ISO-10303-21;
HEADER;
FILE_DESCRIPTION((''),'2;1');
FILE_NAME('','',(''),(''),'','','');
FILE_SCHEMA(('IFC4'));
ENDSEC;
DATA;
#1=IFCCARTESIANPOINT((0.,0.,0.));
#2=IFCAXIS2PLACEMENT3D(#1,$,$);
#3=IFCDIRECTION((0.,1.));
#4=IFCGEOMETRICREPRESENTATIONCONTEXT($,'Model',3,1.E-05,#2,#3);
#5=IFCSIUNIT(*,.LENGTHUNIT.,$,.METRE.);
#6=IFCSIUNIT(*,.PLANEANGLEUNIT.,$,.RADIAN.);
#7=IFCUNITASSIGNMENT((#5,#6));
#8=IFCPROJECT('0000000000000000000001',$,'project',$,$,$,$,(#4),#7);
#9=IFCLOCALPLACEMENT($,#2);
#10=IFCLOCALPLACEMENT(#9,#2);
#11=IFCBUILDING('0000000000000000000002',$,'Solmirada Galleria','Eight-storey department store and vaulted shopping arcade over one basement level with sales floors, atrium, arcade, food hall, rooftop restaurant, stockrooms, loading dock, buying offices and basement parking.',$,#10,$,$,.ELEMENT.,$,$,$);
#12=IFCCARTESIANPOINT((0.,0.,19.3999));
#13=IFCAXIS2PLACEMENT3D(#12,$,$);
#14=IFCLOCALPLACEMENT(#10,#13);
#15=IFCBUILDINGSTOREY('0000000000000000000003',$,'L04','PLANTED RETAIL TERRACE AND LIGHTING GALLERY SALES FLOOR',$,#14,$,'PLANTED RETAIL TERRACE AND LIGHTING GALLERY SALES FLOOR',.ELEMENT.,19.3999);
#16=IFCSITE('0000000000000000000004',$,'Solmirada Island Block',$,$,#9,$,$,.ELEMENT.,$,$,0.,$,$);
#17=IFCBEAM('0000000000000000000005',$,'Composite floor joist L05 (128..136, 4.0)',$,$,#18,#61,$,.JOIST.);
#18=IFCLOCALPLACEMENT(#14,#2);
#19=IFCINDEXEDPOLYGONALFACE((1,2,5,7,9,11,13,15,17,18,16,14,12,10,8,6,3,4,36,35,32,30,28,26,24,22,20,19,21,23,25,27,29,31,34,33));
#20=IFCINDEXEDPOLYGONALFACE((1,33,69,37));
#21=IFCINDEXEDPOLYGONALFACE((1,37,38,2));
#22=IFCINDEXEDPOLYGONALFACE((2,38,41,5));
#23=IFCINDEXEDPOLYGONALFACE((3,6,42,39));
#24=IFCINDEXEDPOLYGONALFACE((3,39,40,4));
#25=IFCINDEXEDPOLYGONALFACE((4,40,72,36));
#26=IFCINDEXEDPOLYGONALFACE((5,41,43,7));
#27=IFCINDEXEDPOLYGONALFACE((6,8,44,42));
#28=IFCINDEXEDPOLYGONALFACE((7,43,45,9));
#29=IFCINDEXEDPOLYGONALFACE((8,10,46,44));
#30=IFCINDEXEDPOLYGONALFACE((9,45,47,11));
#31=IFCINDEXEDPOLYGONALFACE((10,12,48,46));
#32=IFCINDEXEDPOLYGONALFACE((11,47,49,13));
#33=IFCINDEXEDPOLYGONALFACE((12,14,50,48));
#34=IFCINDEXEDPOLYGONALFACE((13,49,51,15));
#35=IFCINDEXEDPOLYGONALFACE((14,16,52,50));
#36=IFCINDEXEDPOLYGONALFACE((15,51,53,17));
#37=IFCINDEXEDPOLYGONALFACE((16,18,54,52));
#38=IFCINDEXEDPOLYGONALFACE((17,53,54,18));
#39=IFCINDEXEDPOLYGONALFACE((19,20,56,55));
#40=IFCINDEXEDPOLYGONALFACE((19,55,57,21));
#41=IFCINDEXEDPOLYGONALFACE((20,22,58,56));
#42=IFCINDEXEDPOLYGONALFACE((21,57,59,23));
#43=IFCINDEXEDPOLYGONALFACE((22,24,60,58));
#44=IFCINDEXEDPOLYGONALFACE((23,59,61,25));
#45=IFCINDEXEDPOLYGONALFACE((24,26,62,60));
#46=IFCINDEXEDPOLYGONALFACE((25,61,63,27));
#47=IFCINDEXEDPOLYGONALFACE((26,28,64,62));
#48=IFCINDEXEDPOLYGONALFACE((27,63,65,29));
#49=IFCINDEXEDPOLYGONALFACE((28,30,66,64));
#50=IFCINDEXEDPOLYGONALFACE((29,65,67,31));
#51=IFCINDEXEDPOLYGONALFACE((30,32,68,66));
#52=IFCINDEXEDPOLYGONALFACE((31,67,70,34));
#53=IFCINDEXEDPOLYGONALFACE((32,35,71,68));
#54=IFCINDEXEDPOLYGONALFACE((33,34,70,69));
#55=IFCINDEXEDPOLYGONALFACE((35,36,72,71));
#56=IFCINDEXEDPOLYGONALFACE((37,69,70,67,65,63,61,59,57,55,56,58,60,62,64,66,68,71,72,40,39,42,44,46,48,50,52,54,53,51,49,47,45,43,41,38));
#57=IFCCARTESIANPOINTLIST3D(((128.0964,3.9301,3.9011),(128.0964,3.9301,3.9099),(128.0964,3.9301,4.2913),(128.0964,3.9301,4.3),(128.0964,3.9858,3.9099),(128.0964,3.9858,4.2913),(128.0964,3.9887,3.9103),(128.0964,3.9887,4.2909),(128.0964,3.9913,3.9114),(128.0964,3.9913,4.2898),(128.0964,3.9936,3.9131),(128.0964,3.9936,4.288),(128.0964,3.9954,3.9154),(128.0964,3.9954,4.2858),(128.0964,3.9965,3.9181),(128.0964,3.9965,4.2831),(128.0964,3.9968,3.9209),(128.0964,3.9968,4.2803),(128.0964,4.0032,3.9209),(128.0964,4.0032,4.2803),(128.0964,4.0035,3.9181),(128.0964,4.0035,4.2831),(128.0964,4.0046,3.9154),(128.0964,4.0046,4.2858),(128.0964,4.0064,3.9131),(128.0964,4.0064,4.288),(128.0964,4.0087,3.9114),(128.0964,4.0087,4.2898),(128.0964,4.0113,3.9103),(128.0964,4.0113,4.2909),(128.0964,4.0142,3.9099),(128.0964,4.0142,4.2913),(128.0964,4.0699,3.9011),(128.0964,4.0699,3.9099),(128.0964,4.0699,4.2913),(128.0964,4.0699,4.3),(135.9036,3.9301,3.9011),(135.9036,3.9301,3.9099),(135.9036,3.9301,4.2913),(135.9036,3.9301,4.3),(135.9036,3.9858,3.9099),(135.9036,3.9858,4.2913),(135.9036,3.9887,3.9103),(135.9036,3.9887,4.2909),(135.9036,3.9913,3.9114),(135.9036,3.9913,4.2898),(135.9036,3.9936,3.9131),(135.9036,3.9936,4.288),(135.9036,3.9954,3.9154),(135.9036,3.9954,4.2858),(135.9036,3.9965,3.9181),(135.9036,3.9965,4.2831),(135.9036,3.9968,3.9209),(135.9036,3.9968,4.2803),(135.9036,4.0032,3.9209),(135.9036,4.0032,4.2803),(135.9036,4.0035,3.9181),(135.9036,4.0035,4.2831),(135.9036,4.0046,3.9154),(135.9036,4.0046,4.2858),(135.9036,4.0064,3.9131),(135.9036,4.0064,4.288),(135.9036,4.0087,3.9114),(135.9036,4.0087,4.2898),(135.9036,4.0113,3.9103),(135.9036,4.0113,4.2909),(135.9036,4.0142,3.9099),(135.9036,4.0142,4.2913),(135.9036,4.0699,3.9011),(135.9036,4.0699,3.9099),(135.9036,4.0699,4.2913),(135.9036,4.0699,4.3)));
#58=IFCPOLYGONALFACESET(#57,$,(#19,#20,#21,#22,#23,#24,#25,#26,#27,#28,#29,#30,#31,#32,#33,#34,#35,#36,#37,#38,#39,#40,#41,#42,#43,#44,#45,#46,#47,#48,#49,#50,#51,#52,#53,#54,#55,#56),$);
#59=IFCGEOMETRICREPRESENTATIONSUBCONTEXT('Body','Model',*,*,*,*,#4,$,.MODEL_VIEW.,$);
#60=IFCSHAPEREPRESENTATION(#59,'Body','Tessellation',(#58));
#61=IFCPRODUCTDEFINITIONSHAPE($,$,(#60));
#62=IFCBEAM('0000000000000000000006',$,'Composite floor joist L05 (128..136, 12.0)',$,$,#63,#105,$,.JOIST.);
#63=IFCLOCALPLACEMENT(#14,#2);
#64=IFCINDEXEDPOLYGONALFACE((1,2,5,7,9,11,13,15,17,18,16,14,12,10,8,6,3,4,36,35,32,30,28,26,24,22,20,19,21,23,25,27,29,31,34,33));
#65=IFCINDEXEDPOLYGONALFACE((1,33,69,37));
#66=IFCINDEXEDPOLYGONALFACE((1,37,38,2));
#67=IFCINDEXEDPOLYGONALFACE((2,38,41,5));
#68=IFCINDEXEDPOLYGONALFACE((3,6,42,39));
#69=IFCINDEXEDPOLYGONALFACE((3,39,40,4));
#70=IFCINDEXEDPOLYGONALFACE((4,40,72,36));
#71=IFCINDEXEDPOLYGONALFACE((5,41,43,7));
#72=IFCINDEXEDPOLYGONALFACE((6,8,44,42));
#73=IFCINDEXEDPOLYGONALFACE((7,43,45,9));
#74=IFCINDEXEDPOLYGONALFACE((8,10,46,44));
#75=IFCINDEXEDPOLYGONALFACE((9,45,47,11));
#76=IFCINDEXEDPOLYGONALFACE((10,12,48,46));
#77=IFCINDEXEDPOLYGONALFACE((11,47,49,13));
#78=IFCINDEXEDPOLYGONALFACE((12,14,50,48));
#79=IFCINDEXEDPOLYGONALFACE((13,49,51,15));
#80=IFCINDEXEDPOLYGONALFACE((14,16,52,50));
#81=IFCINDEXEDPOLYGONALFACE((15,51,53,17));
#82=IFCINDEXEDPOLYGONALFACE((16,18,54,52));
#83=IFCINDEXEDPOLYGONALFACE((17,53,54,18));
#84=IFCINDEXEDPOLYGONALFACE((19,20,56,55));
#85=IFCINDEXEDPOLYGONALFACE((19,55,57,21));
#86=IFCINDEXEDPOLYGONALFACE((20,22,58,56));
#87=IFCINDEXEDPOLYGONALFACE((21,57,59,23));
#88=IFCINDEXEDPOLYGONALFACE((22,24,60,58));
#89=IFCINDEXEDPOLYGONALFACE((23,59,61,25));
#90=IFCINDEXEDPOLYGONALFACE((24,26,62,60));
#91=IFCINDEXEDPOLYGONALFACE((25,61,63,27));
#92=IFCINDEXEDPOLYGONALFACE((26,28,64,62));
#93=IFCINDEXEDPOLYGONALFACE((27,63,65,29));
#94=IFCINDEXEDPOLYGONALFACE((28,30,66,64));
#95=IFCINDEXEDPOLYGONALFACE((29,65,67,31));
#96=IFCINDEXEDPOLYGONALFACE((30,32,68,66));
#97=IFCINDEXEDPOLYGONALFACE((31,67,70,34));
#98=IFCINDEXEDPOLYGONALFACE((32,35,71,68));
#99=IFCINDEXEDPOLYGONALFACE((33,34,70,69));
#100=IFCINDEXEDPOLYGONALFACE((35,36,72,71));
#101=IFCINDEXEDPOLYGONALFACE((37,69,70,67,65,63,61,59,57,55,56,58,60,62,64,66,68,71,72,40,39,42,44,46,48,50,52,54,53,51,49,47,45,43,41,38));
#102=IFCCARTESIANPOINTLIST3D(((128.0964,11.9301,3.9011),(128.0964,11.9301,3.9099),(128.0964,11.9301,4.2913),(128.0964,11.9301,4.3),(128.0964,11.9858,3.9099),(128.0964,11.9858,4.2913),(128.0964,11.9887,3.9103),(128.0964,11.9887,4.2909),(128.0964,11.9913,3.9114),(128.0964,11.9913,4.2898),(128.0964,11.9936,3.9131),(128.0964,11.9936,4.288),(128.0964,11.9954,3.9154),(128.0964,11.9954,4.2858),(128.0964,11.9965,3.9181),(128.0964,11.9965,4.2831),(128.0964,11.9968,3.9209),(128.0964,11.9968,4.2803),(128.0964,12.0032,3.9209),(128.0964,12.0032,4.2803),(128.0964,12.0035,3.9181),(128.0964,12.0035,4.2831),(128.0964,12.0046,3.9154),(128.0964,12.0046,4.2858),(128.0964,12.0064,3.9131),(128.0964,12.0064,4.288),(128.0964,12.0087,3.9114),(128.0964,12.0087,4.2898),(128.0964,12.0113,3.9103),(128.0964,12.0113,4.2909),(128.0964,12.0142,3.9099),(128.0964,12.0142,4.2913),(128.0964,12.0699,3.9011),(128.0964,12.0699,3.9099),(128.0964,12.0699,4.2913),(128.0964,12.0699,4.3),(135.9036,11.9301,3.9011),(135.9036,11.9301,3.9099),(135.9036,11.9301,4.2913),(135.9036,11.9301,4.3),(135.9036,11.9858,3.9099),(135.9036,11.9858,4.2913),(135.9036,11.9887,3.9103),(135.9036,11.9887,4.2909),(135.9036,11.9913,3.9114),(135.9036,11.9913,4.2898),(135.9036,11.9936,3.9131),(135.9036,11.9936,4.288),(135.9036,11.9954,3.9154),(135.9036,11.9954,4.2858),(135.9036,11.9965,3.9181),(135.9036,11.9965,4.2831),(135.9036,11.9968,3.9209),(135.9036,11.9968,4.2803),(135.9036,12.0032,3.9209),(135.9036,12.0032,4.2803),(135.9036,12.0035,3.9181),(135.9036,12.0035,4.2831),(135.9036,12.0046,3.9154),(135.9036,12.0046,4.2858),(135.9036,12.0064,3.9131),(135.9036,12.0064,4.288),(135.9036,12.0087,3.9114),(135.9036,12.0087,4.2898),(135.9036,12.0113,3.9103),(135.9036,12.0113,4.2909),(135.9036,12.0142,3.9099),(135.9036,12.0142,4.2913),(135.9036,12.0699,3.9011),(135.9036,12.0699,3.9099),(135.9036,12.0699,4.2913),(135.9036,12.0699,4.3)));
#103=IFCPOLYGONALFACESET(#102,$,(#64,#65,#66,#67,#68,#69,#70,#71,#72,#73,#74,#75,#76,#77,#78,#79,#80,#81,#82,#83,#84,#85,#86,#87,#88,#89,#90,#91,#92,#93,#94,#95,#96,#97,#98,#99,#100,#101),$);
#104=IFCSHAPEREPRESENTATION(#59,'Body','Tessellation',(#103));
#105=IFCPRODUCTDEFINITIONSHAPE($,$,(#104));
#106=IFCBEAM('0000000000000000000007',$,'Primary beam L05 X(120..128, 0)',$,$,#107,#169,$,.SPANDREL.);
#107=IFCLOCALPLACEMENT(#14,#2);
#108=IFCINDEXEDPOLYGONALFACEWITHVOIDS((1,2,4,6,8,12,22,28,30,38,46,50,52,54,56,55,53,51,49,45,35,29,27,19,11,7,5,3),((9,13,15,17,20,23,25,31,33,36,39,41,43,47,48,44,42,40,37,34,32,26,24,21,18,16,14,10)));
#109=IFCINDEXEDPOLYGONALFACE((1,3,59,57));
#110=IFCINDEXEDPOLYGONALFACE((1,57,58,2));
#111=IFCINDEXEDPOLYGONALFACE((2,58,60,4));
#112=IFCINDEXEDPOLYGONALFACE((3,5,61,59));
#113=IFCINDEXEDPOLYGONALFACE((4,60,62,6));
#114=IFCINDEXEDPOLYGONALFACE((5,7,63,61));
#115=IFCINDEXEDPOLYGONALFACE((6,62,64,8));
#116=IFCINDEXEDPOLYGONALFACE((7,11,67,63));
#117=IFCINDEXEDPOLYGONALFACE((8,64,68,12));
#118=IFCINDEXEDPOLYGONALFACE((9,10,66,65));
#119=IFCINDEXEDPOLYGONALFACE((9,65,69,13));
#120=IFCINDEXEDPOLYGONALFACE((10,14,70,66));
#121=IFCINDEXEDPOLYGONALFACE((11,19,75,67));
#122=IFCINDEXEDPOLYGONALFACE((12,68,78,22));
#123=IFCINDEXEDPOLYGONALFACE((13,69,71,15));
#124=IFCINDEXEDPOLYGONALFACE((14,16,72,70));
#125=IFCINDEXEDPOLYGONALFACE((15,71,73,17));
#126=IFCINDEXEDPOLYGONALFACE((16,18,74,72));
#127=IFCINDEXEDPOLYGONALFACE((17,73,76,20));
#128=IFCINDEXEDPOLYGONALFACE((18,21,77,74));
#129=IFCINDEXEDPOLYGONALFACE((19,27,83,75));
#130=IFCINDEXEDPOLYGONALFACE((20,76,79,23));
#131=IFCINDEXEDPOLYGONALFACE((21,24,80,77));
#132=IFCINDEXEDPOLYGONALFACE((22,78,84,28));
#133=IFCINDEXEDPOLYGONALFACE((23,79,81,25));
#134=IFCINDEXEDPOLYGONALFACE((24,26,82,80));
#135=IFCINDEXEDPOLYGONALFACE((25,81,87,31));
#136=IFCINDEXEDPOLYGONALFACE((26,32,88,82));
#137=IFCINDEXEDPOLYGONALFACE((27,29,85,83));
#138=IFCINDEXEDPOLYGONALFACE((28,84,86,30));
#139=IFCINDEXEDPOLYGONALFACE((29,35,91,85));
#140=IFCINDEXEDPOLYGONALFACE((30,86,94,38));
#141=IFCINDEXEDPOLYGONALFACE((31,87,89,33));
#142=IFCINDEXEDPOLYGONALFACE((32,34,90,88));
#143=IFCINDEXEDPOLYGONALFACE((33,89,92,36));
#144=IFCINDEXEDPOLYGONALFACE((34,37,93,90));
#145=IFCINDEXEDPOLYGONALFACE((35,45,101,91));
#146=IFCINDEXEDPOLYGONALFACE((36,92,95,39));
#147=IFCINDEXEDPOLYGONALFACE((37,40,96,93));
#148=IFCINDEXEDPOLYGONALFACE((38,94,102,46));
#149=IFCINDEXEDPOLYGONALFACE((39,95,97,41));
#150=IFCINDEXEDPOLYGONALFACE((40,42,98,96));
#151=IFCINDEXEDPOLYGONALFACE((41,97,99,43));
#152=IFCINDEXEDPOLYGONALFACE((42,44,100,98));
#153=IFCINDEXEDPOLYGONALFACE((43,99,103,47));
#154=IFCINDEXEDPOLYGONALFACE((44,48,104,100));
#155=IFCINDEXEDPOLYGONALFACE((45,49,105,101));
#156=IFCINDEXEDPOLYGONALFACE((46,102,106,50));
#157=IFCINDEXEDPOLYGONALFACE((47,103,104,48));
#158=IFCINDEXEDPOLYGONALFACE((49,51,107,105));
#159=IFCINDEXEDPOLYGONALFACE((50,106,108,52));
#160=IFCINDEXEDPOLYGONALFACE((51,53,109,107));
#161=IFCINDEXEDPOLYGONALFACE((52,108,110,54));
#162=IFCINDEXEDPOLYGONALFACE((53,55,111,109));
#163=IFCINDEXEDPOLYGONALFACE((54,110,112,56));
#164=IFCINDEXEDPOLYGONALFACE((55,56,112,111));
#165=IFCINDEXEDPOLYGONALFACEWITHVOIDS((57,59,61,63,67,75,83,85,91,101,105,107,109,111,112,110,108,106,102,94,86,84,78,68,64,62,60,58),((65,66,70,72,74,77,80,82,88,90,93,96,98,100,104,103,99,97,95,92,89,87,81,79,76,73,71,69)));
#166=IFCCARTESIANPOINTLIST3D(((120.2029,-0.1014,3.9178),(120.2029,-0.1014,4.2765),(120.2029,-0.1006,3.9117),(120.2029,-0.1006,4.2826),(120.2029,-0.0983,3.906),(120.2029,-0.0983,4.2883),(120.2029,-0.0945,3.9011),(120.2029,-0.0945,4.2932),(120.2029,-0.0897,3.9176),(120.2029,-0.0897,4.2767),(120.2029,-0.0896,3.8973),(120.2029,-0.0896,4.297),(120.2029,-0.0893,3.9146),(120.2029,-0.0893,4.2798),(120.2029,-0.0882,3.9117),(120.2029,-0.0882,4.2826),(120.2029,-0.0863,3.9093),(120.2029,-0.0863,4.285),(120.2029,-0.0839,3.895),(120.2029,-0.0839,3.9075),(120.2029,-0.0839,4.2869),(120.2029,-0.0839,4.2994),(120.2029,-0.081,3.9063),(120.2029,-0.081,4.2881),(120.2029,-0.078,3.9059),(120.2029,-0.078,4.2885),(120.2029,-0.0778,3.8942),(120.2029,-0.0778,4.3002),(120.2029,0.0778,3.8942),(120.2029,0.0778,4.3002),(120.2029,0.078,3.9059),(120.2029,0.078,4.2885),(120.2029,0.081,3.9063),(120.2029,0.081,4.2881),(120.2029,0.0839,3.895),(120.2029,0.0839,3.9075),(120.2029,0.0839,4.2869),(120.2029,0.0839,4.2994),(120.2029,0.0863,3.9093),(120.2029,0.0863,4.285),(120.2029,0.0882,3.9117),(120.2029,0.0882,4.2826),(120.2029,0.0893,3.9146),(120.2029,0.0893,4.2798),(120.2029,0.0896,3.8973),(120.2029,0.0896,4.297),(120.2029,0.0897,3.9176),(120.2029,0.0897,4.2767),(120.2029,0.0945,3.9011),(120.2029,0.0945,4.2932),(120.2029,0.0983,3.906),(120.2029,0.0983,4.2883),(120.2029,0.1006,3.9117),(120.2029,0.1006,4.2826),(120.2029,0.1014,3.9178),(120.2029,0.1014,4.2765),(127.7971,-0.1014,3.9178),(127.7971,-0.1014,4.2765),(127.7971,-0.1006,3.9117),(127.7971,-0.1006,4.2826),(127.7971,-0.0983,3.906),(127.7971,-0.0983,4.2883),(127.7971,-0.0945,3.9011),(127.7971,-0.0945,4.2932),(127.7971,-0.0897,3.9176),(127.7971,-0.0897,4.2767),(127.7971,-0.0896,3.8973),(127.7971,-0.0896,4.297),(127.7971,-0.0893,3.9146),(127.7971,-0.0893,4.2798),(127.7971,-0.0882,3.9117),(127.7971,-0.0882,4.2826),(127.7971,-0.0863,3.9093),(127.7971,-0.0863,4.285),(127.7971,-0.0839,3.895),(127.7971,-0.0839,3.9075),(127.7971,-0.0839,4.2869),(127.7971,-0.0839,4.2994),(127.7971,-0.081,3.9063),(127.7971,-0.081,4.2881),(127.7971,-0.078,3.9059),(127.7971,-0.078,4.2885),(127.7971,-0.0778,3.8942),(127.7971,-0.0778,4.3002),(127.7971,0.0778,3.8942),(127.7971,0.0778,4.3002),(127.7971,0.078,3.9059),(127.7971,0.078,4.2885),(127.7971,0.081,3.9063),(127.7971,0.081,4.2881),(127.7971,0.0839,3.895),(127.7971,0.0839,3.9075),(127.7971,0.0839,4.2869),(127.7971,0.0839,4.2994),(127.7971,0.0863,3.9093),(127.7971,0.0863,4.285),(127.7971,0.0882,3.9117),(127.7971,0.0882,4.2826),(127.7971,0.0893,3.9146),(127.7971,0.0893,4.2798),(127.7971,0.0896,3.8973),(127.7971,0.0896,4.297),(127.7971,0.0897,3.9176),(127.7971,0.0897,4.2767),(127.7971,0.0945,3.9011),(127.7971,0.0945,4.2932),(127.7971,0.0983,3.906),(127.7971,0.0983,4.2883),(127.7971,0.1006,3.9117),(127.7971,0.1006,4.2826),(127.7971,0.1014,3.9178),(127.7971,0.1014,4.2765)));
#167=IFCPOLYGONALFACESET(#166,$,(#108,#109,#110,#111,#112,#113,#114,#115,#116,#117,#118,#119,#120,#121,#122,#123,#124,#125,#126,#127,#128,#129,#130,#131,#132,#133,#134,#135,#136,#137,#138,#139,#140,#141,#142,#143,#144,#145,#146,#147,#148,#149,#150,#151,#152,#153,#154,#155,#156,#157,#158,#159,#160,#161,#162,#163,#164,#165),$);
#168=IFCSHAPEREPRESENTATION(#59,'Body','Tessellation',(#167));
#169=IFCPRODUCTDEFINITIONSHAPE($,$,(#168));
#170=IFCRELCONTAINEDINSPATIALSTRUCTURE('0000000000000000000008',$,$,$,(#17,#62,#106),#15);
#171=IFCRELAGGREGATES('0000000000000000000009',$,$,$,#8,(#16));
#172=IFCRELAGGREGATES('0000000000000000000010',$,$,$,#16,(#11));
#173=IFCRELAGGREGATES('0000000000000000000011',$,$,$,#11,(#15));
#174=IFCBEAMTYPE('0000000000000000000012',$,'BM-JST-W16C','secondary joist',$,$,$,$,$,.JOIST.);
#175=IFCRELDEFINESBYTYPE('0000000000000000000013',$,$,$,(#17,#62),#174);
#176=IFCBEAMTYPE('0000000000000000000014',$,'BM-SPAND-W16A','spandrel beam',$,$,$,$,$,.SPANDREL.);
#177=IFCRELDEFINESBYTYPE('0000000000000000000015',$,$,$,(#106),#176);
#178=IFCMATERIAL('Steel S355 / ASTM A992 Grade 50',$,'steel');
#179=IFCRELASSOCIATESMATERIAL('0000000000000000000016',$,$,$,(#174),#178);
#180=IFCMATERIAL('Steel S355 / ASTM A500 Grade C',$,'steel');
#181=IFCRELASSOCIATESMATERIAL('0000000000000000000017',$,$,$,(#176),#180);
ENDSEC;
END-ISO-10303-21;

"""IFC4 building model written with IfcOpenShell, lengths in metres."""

from ifc_helpers import new_model, si_unit, direction, frame, origin, origin_2d, place, context, subcontext, project, spatial, hollow_rectangle, i_section, extrude, material, material_profile, profile_set, type_object, element, save


model = new_model("IFC4")

# Units and contexts
model_context = context("Model", 3, precision=1e-05, world=origin(), true_north=direction((0.0, 1.0)))
body_context = subcontext(model_context, "Body", "Model", "MODEL_VIEW")
ifc_project = project(units=[si_unit("LENGTHUNIT", "METRE"), si_unit("PLANEANGLEUNIT", "RADIAN")], contexts=[model_context])

# Site, building, storey
site_placement = place(None, origin())
site = spatial("IfcSite", under=ifc_project, at=site_placement, Name="Solmirada Island Block", CompositionType="ELEMENT", RefElevation=0.0)
building_placement = place(site_placement, origin())
building = spatial("IfcBuilding", under=site, at=building_placement, Name="Solmirada Galleria", Description="Eight-storey department store and vaulted shopping arcade over one basement level with sales floors, atrium, arcade, food hall, rooftop restaurant, stockrooms, loading dock, buying offices and basement parking.", CompositionType="ELEMENT")
storey_placement = place(building_placement, frame((0.0, 0.0, 19.3999)))
storey = spatial("IfcBuildingStorey", under=building, at=storey_placement, Name="L04", Description="PLANTED RETAIL TERRACE AND LIGHTING GALLERY SALES FLOOR", LongName="PLANTED RETAIL TERRACE AND LIGHTING GALLERY SALES FLOOR", CompositionType="ELEMENT", Elevation=19.3999)

# Shared definitions
ifc_material_1 = material(Name="Steel S355 / ASTM A500 Grade C", Category="steel")

# Beams
ifc_material_2 = material(Name="Steel S355 / ASTM A992 Grade 50", Category="steel")
ifc_material_profile_1 = material_profile(ifc_material_2, i_section(OverallWidth=0.1399, OverallDepth=0.3989, WebThickness=0.0063, FlangeThickness=0.0088, FilletRadius=0.011, at=origin_2d()), Name="W16X26")
ifc_profile_set_1 = profile_set([ifc_material_profile_1], Name="Steel S355 / ASTM A992 Grade 50")
beam_type_1 = type_object("IfcBeamType", Name="BM-JST-W16C", Description="secondary joist", PredefinedType="JOIST", material=ifc_profile_set_1)
for number, where, z_axis, x_axis, name in (
    (1, (128.0964, 4.0, 4.1006), (1.0, 0.0, 0.0), (0.0, 1.0, 0.0), "Composite floor joist L05 (128..136, 4.0)"),
    (2, (128.0964, 12.0, 4.1006), (1.0, 0.0, 0.0), (0.0, 1.0, 0.0), "Composite floor joist L05 (128..136, 12.0)"),
):
    element("IfcBeam", number, at=place(storey_placement, frame(where, z_axis=z_axis, x_axis=x_axis)), inside=storey, type_object=beam_type_1, Name=name, PredefinedType="JOIST", context=body_context, shape_type="SweptSolid", body=[
        extrude(i_section(OverallWidth=0.1399, OverallDepth=0.3989, WebThickness=0.0063, FlangeThickness=0.0088, FilletRadius=0.011, at=origin_2d()), origin(), (0.0, 0.0, 1.0), 7.8071),
    ])
ifc_material_profile_2 = material_profile(ifc_material_1, hollow_rectangle(XDim=0.2029, YDim=0.406, WallThickness=0.0117, InnerFilletRadius=0.0117, OuterFilletRadius=0.0237, at=origin_2d()), Name="HSS16X8X1/2")
ifc_profile_set_2 = profile_set([ifc_material_profile_2], Name="Steel S355 / ASTM A500 Grade C")
beam_type_2 = type_object("IfcBeamType", Name="BM-SPAND-W16A", Description="spandrel beam", PredefinedType="SPANDREL", material=ifc_profile_set_2)
for number, where, z_axis, x_axis, name in (
    (3, (120.2029, 0.0, 4.0972), (1.0, 0.0, 0.0), (0.0, 1.0, 0.0), "Primary beam L05 X(120..128, 0)"),
):
    element("IfcBeam", number, at=place(storey_placement, frame(where, z_axis=z_axis, x_axis=x_axis)), inside=storey, type_object=beam_type_2, Name=name, PredefinedType="SPANDREL", context=body_context, shape_type="SweptSolid", body=[
        extrude(hollow_rectangle(XDim=0.2029, YDim=0.406, WallThickness=0.0117, InnerFilletRadius=0.0117, OuterFilletRadius=0.0237, at=origin_2d()), origin(), (0.0, 0.0, 1.0), 7.5942),
    ])

save(model, "model.ifc")
